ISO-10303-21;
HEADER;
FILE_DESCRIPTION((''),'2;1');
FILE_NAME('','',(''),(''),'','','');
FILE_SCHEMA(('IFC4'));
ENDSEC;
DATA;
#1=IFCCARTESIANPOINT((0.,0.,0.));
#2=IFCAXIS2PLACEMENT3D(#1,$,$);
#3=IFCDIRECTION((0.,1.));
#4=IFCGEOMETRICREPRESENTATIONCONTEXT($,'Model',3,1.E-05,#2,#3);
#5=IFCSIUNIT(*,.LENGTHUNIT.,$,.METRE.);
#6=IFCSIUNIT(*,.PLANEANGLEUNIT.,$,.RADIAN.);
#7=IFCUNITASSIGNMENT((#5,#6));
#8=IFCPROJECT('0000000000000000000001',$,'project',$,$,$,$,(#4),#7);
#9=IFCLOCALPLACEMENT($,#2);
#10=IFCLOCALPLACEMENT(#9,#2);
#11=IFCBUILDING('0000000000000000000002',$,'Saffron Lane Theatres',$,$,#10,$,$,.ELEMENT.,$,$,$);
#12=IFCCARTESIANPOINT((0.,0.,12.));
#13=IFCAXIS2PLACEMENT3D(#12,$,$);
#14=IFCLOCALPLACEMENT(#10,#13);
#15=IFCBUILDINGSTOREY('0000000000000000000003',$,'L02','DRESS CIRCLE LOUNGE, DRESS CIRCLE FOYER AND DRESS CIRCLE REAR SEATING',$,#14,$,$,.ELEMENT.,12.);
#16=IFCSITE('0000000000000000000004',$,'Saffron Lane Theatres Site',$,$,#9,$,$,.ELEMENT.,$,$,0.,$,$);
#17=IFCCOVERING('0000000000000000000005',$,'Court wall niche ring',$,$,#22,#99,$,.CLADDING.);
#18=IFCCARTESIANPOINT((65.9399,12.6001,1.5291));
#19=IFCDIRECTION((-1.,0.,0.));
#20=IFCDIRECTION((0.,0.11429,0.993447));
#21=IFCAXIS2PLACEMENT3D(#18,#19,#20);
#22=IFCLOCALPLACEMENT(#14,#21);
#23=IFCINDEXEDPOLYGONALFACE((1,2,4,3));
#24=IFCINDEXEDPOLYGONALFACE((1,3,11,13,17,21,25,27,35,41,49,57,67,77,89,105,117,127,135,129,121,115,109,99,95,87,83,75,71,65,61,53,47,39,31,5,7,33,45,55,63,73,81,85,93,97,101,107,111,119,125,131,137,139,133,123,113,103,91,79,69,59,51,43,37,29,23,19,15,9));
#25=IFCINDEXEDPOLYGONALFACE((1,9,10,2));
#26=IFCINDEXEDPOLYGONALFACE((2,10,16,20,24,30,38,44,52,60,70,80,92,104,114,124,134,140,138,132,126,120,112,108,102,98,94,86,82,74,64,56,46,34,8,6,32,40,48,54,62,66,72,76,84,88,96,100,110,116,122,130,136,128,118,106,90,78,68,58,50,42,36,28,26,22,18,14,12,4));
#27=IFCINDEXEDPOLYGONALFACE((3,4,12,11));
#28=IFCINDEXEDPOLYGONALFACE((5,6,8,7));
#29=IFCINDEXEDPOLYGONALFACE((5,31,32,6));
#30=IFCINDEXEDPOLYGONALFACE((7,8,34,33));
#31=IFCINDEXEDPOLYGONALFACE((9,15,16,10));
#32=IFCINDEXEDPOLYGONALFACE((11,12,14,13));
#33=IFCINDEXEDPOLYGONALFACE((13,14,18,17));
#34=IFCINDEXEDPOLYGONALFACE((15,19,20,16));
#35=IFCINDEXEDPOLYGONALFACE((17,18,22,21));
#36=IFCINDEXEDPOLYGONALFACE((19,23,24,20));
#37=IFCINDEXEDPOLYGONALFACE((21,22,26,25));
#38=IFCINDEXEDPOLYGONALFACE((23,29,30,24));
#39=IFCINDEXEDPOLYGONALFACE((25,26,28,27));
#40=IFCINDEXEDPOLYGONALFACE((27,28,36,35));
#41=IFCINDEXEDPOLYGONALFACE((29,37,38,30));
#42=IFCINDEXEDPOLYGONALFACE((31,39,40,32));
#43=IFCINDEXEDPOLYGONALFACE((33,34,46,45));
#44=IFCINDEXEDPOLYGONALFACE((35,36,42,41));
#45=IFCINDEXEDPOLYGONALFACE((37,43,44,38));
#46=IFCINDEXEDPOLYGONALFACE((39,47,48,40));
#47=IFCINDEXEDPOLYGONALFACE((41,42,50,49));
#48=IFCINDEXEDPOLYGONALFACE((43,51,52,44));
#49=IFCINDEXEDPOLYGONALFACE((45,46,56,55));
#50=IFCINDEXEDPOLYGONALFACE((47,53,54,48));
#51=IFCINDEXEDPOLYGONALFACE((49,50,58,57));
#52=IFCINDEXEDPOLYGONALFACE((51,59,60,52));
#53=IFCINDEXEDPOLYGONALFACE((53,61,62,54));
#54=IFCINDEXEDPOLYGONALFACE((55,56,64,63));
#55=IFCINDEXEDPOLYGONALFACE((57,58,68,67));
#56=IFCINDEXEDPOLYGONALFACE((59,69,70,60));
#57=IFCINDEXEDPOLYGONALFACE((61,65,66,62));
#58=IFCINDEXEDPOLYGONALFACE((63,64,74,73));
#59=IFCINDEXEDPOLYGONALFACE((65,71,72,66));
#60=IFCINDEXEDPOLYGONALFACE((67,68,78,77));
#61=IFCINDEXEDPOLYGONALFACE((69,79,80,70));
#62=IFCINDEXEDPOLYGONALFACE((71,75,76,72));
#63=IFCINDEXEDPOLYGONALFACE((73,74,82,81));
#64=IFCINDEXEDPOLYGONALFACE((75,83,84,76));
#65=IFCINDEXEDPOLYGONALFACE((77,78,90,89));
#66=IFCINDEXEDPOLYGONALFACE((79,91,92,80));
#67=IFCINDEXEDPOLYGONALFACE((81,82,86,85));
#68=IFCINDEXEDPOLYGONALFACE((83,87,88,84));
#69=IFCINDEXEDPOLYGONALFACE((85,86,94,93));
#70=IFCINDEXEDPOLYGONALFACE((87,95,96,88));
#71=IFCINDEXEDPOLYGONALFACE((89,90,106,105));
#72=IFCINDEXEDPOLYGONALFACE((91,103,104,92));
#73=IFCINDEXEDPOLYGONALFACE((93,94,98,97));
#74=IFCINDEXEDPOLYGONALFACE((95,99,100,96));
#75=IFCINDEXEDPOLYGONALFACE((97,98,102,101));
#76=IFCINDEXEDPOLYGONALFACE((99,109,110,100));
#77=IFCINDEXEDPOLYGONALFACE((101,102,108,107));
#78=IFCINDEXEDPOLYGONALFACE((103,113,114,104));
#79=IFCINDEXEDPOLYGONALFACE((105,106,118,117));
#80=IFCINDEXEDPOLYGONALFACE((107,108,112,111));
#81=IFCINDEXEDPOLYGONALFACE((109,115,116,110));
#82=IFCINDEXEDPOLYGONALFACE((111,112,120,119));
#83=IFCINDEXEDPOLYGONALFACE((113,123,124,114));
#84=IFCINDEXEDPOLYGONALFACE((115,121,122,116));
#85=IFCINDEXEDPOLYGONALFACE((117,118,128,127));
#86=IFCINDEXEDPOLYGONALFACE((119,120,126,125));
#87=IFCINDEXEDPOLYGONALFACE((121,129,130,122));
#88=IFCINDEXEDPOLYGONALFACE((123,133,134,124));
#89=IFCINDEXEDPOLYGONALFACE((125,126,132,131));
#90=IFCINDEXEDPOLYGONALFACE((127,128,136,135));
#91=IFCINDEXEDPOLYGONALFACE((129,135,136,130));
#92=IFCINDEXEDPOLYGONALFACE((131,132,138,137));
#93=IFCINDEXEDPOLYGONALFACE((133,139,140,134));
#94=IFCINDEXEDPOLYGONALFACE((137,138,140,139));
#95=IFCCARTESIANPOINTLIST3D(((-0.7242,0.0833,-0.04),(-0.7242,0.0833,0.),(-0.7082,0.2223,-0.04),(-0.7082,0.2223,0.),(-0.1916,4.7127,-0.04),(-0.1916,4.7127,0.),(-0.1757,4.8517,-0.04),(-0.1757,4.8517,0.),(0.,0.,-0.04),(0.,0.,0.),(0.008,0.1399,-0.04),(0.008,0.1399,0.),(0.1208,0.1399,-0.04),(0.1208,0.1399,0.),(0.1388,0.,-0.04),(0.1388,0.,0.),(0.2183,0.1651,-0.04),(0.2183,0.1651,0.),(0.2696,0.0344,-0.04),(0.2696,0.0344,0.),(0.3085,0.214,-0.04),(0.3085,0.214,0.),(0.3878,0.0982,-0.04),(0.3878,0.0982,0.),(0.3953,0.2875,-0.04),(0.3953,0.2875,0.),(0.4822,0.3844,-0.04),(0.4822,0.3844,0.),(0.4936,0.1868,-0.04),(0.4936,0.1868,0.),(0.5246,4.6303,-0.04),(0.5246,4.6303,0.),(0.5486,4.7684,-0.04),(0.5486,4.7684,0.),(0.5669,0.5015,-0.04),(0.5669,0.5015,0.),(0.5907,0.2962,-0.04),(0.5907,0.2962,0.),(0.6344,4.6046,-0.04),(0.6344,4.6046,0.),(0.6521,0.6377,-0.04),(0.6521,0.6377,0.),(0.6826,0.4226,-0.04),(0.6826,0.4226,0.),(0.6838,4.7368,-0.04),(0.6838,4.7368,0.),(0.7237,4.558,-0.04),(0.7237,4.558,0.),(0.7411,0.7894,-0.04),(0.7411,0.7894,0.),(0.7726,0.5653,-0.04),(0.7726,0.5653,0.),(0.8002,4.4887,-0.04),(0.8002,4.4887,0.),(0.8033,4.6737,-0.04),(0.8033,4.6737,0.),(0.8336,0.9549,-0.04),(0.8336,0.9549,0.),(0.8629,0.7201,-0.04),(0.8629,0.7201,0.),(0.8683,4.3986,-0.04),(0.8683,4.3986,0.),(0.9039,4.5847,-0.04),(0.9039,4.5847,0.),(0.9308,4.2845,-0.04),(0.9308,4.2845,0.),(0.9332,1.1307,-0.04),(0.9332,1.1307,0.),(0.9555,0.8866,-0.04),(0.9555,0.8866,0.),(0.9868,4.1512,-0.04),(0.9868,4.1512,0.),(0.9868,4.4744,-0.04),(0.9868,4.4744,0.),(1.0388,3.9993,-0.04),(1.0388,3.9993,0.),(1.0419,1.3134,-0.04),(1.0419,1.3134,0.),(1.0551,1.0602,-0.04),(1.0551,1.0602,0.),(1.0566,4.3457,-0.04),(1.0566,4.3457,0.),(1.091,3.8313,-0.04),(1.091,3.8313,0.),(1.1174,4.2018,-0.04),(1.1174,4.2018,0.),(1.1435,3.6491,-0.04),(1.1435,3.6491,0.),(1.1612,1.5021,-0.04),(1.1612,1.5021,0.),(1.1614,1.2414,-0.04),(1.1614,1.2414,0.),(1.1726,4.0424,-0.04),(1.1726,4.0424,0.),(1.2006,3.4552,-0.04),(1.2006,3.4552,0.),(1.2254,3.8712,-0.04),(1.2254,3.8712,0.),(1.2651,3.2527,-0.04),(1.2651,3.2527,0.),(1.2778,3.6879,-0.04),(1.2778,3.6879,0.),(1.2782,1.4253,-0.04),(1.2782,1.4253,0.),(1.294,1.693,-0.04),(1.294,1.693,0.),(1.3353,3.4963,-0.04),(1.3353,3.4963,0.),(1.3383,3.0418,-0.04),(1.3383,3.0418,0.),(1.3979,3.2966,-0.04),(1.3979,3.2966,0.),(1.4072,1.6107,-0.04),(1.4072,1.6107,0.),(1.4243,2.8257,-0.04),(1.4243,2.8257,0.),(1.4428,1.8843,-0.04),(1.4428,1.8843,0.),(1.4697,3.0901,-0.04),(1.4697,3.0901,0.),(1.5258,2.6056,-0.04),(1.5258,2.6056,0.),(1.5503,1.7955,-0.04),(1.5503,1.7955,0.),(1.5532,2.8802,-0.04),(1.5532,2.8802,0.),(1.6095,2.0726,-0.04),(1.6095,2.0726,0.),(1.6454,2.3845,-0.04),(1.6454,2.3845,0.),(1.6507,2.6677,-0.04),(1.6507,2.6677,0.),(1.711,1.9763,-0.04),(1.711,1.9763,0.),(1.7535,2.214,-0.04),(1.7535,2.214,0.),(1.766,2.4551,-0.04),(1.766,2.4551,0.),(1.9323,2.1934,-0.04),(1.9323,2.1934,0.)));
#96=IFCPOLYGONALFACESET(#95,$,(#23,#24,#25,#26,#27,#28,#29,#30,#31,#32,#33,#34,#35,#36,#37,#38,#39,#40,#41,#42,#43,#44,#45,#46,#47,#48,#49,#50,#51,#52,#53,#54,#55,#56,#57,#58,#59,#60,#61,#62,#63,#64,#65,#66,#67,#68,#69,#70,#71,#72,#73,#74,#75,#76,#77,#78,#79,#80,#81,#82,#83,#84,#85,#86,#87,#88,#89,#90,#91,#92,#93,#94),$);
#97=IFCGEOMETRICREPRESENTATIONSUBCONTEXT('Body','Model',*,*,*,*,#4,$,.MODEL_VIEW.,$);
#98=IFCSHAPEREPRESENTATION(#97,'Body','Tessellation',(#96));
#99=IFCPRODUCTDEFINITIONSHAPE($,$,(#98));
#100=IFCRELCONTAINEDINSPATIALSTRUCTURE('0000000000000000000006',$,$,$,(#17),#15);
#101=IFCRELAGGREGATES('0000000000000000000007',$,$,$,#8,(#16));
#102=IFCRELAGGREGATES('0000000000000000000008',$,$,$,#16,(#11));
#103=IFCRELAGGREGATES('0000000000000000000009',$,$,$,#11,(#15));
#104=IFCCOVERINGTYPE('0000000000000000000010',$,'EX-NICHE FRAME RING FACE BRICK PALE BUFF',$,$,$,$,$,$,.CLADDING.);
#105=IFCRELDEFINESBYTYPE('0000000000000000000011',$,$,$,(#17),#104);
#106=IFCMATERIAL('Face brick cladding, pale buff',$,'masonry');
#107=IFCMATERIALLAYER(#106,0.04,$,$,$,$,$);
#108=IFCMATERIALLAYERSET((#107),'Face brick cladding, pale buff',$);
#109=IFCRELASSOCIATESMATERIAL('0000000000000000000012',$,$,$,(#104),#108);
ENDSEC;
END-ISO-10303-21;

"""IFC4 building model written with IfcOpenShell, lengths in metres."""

from ifc_helpers import new_model, si_unit, direction, frame, origin, place, context, subcontext, project, spatial, polyline, outline, extrude, material, layer, layer_set, type_object, element, save


model = new_model("IFC4")

# Units and contexts
model_context = context("Model", 3, precision=1e-05, world=origin(), true_north=direction((0.0, 1.0)))
body_context = subcontext(model_context, "Body", "Model", "MODEL_VIEW")
ifc_project = project(units=[si_unit("LENGTHUNIT", "METRE"), si_unit("PLANEANGLEUNIT", "RADIAN")], contexts=[model_context])

# Site, building, storey
site_placement = place(None, origin())
site = spatial("IfcSite", under=ifc_project, at=site_placement, Name="Saffron Lane Theatres Site", CompositionType="ELEMENT", RefElevation=0.0)
building_placement = place(site_placement, origin())
building = spatial("IfcBuilding", under=site, at=building_placement, Name="Saffron Lane Theatres", CompositionType="ELEMENT")
storey_placement = place(building_placement, frame((0.0, 0.0, 12.0)))
storey = spatial("IfcBuildingStorey", under=building, at=storey_placement, Name="L02", Description="DRESS CIRCLE LOUNGE, DRESS CIRCLE FOYER AND DRESS CIRCLE REAR SEATING", CompositionType="ELEMENT", Elevation=12.0)

# Covering
ifc_material_1 = material(Name="Face brick cladding, pale buff", Category="masonry")
ifc_layer_1 = layer(ifc_material_1, 0.04)
ifc_layer_set_1 = layer_set([ifc_layer_1], Name="Face brick cladding, pale buff")
covering_type_1 = type_object("IfcCoveringType", Name="EX-NICHE FRAME RING FACE BRICK PALE BUFF", PredefinedType="CLADDING", material=ifc_layer_set_1)
covering_1_placement = place(storey_placement, frame((65.9399, 12.6001, 1.5291), z_axis=(-1.0, 0.0, 0.0), x_axis=(0.0, 0.11429, 0.993447)))
element("IfcCovering", 1, at=covering_1_placement, inside=storey, type_object=covering_type_1, Name="Court wall niche ring", PredefinedType="CLADDING", context=body_context, shape_type="SweptSolid", body=[
    extrude(outline(polyline([(0.0, 0.0), (0.1388, 0.0), (0.2696, 0.0344), (0.3878, 0.0982), (0.4936, 0.1868), (0.5907, 0.2962), (0.6826, 0.4226), (0.7726, 0.5653), (0.8629, 0.7201), (0.9555, 0.8866), (1.0551, 1.0602), (1.1614, 1.2414), (1.2782, 1.4253), (1.4072, 1.6107), (1.5503, 1.7955), (1.711, 1.9763), (1.9323, 2.1934), (1.766, 2.4551), (1.6507, 2.6677), (1.5532, 2.8802), (1.4697, 3.0901), (1.3979, 3.2966), (1.3353, 3.4963), (1.2778, 3.6879), (1.2254, 3.8712), (1.1726, 4.0424), (1.1174, 4.2018), (1.0566, 4.3457), (0.9868, 4.4744), (0.9039, 4.5847), (0.8033, 4.6737), (0.6838, 4.7368), (0.5486, 4.7684), (-0.1757, 4.8517), (-0.1916, 4.7127), (0.5246, 4.6303), (0.6344, 4.6046), (0.7237, 4.558), (0.8002, 4.4887), (0.8683, 4.3986), (0.9308, 4.2845), (0.9868, 4.1512), (1.0388, 3.9993), (1.091, 3.8313), (1.1435, 3.6491), (1.2006, 3.4552), (1.2651, 3.2527), (1.3383, 3.0418), (1.4243, 2.8257), (1.5258, 2.6056), (1.6454, 2.3845), (1.7535, 2.214), (1.6095, 2.0726), (1.4428, 1.8843), (1.294, 1.693), (1.1612, 1.5021), (1.0419, 1.3134), (0.9332, 1.1307), (0.8336, 0.9549), (0.7411, 0.7894), (0.6521, 0.6377), (0.5669, 0.5015), (0.4822, 0.3844), (0.3953, 0.2875), (0.3085, 0.214), (0.2183, 0.1651), (0.1208, 0.1399), (0.008, 0.1399), (-0.7082, 0.2223), (-0.7242, 0.0833), (0.0, 0.0)])), origin(), (0.0, 0.0, -1.0), 0.04),
])

save(model, "model.ifc")
